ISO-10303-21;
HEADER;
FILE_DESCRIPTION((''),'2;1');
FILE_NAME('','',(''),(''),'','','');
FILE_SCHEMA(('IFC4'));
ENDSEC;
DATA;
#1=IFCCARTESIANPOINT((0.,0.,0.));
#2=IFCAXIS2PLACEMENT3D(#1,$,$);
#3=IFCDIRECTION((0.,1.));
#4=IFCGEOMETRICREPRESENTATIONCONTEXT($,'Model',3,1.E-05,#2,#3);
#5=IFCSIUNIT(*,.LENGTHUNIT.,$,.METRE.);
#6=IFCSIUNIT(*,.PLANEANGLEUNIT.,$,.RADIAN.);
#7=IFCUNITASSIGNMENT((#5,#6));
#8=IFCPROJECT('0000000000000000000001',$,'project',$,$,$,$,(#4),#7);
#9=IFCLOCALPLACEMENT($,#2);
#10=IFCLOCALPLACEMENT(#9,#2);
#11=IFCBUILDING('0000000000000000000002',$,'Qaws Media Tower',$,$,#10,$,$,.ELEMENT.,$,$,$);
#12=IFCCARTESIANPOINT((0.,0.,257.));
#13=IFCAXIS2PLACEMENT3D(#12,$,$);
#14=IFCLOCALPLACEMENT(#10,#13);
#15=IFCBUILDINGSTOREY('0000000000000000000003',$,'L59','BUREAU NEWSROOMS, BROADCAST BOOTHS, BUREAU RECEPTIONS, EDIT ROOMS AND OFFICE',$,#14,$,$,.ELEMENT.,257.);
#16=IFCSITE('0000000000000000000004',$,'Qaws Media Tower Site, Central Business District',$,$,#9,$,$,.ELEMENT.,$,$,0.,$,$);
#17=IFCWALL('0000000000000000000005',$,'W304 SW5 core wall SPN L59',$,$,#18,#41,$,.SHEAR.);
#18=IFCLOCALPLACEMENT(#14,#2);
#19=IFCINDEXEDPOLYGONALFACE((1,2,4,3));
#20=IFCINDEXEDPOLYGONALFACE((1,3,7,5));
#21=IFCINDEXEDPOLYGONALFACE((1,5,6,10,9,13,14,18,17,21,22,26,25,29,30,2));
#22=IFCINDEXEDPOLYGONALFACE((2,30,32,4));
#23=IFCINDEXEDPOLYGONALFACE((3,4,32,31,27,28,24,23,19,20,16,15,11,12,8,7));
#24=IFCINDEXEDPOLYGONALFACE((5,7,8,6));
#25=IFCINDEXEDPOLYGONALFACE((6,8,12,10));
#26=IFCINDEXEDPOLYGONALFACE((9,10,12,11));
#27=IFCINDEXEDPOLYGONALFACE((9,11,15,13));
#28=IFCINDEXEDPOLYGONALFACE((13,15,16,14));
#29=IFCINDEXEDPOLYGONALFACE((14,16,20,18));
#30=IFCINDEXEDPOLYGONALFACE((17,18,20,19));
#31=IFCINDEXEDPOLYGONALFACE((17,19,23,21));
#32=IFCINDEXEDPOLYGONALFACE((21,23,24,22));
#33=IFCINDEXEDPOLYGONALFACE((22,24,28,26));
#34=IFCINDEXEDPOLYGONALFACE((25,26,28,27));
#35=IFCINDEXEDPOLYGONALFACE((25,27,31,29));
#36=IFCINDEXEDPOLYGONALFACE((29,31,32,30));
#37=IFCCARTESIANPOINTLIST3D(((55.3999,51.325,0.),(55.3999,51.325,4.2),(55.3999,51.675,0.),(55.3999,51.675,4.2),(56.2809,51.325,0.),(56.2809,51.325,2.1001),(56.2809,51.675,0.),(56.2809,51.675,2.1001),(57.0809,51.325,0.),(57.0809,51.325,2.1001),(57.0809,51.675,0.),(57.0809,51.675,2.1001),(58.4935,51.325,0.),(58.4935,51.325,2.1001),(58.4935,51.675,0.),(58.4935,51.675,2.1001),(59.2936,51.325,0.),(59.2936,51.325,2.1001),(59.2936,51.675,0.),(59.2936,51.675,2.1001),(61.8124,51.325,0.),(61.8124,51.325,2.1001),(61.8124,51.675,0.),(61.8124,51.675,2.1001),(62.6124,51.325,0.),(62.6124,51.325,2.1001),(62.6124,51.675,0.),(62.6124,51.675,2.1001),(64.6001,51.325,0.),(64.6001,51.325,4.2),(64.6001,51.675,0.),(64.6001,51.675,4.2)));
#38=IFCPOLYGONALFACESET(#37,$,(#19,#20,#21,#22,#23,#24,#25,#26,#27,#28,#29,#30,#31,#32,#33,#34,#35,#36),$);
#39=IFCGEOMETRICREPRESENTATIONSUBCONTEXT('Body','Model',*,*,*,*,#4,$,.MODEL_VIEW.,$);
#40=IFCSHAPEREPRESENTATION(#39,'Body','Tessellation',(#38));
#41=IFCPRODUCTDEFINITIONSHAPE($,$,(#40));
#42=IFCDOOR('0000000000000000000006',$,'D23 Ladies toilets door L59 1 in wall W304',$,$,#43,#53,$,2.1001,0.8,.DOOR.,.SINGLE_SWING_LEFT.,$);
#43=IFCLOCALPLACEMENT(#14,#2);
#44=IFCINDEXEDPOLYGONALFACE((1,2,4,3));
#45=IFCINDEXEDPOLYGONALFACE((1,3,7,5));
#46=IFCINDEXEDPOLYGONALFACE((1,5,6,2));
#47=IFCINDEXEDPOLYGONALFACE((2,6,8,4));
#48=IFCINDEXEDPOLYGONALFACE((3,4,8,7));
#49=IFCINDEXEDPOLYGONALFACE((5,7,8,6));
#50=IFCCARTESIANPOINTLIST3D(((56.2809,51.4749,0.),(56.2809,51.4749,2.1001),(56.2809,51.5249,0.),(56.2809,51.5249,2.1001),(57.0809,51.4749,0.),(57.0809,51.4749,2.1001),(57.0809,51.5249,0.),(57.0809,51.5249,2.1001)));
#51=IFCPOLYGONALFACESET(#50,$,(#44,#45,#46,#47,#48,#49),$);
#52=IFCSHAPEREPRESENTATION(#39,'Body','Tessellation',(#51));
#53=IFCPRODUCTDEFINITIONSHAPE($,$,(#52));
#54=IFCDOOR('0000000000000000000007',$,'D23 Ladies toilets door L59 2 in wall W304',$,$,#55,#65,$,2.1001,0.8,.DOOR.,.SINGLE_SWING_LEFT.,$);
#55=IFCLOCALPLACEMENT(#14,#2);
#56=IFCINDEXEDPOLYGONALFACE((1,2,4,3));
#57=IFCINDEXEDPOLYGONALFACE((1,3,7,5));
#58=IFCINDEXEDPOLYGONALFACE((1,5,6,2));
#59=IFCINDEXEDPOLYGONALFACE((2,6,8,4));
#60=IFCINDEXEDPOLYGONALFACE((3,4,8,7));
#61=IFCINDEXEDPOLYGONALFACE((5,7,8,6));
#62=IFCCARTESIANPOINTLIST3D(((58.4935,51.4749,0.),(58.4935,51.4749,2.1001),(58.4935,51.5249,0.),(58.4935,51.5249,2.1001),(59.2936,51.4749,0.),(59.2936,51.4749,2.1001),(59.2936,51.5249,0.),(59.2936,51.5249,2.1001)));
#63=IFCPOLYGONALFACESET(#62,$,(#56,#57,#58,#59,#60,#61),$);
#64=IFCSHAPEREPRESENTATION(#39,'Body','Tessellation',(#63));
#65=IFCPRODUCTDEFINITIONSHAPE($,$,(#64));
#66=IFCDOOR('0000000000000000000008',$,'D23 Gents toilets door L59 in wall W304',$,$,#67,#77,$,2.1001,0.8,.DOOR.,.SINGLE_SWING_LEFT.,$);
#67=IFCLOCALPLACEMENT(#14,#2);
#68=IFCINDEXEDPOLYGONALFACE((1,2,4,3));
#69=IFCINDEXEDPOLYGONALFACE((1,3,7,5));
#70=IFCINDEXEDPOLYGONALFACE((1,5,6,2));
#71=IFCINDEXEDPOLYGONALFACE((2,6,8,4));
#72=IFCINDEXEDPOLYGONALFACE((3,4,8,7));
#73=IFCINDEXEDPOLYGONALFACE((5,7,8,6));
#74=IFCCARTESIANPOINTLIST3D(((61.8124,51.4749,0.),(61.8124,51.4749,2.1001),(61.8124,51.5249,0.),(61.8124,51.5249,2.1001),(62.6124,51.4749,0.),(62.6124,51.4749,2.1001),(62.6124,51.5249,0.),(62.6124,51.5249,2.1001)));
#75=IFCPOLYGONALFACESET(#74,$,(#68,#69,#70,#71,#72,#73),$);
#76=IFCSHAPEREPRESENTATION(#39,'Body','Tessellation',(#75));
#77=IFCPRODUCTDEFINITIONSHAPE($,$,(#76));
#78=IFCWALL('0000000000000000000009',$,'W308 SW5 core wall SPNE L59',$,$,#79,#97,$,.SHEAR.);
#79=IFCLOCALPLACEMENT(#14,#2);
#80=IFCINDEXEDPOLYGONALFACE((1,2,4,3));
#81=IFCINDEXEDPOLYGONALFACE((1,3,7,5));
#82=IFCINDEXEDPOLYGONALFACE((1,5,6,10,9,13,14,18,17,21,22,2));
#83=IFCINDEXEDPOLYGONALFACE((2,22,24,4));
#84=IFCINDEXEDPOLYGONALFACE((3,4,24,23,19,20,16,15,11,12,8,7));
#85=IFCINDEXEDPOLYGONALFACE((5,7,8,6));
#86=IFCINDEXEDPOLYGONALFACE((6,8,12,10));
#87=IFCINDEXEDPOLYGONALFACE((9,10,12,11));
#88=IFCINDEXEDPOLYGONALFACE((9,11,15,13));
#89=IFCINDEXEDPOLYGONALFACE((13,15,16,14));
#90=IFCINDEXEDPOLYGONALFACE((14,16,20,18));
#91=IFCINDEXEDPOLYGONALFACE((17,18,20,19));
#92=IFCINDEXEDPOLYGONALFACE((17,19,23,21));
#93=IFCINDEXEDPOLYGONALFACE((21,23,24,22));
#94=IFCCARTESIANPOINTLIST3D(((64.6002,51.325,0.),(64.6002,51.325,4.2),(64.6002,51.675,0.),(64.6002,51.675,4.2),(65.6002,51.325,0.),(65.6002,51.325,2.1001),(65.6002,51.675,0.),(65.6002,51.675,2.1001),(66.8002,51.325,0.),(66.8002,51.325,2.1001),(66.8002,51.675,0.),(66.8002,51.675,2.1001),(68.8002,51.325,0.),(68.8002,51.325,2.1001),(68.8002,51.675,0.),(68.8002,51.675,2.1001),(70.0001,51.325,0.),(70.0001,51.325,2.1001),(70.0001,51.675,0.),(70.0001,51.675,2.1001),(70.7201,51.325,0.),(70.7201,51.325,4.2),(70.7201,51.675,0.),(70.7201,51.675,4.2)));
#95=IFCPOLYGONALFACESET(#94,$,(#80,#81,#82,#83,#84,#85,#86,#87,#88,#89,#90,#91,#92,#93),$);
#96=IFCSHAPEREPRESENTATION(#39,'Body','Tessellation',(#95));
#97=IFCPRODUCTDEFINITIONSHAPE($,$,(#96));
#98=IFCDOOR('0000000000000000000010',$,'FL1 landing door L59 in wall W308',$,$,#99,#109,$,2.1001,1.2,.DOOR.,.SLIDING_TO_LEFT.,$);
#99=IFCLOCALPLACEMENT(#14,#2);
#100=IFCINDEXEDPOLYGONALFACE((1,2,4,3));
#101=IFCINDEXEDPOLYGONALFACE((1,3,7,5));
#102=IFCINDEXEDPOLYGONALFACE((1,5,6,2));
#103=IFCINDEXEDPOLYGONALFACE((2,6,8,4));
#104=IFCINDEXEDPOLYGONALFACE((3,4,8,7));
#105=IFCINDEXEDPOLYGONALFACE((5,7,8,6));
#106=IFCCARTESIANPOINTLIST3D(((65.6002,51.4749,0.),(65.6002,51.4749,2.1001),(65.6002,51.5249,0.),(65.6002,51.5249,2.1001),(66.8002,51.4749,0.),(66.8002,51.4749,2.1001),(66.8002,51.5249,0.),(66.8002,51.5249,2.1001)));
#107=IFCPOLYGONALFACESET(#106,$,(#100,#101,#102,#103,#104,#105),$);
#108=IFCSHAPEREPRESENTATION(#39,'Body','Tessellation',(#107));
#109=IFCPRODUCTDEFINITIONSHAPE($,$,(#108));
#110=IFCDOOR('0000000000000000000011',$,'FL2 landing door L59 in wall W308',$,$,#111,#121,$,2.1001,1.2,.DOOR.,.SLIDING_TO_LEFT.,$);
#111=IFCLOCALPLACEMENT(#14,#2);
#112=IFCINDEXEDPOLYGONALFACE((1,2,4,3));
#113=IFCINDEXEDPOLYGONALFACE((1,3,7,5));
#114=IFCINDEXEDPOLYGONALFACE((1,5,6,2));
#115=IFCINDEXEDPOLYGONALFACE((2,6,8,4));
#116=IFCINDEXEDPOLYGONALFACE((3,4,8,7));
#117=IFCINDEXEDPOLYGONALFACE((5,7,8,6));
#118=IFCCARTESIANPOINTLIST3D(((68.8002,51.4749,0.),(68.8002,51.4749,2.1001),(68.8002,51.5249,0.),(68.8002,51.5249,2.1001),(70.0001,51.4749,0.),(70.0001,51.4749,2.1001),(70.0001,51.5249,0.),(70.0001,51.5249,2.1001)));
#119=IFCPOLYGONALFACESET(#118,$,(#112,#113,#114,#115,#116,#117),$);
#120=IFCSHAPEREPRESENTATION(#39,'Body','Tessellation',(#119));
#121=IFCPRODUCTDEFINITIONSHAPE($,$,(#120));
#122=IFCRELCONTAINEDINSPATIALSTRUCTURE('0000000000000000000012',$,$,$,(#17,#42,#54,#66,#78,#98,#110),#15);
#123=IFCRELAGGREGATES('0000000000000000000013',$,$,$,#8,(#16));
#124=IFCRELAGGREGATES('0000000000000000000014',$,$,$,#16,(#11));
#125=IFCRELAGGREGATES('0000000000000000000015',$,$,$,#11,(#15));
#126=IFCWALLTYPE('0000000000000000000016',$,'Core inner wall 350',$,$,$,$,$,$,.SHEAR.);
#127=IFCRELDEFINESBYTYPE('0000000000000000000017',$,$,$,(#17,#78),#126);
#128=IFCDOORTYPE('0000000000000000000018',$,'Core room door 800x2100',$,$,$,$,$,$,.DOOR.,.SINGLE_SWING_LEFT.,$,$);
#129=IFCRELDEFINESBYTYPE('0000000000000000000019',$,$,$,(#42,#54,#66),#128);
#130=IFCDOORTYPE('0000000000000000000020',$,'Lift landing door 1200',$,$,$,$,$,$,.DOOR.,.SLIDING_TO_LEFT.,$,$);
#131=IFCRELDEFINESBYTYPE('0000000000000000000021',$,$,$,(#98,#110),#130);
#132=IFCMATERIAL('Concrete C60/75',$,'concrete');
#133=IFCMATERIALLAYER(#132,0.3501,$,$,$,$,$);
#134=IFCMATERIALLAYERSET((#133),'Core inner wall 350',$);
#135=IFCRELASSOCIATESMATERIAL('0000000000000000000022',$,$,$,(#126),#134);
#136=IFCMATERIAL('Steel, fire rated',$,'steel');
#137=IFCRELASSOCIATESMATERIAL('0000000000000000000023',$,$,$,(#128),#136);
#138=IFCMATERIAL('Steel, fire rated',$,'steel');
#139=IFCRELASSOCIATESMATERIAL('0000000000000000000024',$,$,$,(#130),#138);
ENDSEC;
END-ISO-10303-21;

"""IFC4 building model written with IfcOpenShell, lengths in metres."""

from ifc_helpers import new_model, si_unit, direction, frame, frame_2d, origin, place, context, subcontext, project, spatial, rectangle, extrude, material, layer, layer_set, type_object, element, fill, save


model = new_model("IFC4")

# Units and contexts
model_context = context("Model", 3, precision=1e-05, world=origin(), true_north=direction((0.0, 1.0)))
body_context = subcontext(model_context, "Body", "Model", "MODEL_VIEW")
ifc_project = project(units=[si_unit("LENGTHUNIT", "METRE"), si_unit("PLANEANGLEUNIT", "RADIAN")], contexts=[model_context])

# Site, building, storey
site_placement = place(None, origin())
site = spatial("IfcSite", under=ifc_project, at=site_placement, Name="Qaws Media Tower Site, Central Business District", CompositionType="ELEMENT", RefElevation=0.0)
building_placement = place(site_placement, origin())
building = spatial("IfcBuilding", under=site, at=building_placement, Name="Qaws Media Tower", CompositionType="ELEMENT")
storey_placement = place(building_placement, frame((0.0, 0.0, 257.0)))
storey = spatial("IfcBuildingStorey", under=building, at=storey_placement, Name="L59", Description="BUREAU NEWSROOMS, BROADCAST BOOTHS, BUREAU RECEPTIONS, EDIT ROOMS AND OFFICE", CompositionType="ELEMENT", Elevation=257.0)

# Walls, openings, doors
ifc_material_1 = material(Name="Concrete C60/75", Category="concrete")
ifc_layer_1 = layer(ifc_material_1, 0.3501)
ifc_layer_set_1 = layer_set([ifc_layer_1], Name="Core inner wall 350")
wall_type_1 = type_object("IfcWallType", Name="Core inner wall 350", PredefinedType="SHEAR", material=ifc_layer_set_1)
wall_1_placement = place(storey_placement, frame((55.3999, 51.5, 0.0), z_axis=(0.0, 0.0, 1.0), x_axis=(1.0, 0.0, 0.0)))
wall_1 = element("IfcWall", 1, at=wall_1_placement, inside=storey, type_object=wall_type_1, Name="W304 SW5 core wall SPN L59", PredefinedType="SHEAR", context=body_context, shape_type="SweptSolid", body=[
    extrude(rectangle(XDim=9.2002, YDim=0.3501, at=frame_2d((4.6001, 0.0))), origin(), (0.0, 0.0, 1.0), 4.2),
])
opening_1_placement = place(wall_1_placement, frame((0.8811, 0.0, 0.0)))
opening_1 = element("IfcOpeningElement", 2, at=opening_1_placement, cuts=wall_1, PredefinedType="OPENING", context=body_context, shape_type="SweptSolid", body=[
    extrude(rectangle(XDim=0.8, YDim=2.1001, at=frame_2d((0.3999, 1.05))), frame((0.0, 0.1851, 0.0), z_axis=(0.0, -1.0, 0.0), x_axis=(1.0, 0.0, 0.0)), (0.0, 0.0, 1.0), 0.3701),
])
opening_2_placement = place(wall_1_placement, frame((3.0938, 0.0, 0.0)))
opening_2 = element("IfcOpeningElement", 3, at=opening_2_placement, cuts=wall_1, PredefinedType="OPENING", context=body_context, shape_type="SweptSolid", body=[
    extrude(rectangle(XDim=0.8, YDim=2.1001, at=frame_2d((0.3999, 1.05))), frame((0.0, 0.1851, 0.0), z_axis=(0.0, -1.0, 0.0), x_axis=(1.0, 0.0, 0.0)), (0.0, 0.0, 1.0), 0.3701),
])
opening_3_placement = place(wall_1_placement, frame((6.4126, 0.0, 0.0)))
opening_3 = element("IfcOpeningElement", 4, at=opening_3_placement, cuts=wall_1, PredefinedType="OPENING", context=body_context, shape_type="SweptSolid", body=[
    extrude(rectangle(XDim=0.8, YDim=2.1001, at=frame_2d((0.3999, 1.05))), frame((0.0, 0.1851, 0.0), z_axis=(0.0, -1.0, 0.0), x_axis=(1.0, 0.0, 0.0)), (0.0, 0.0, 1.0), 0.3701),
])
ifc_material_2 = material(Name="Steel, fire rated", Category="steel")
door_type_1 = type_object("IfcDoorType", Name="Core room door 800x2100", OperationType="SINGLE_SWING_LEFT", PredefinedType="DOOR", material=ifc_material_2)
door_1_placement = place(opening_1_placement, origin())
door_1 = element("IfcDoor", 5, at=door_1_placement, inside=storey, type_object=door_type_1, Name="D23 Ladies toilets door L59 1 in wall W304", OperationType="SINGLE_SWING_LEFT", OverallHeight=2.1001, OverallWidth=0.8, PredefinedType="DOOR", context=body_context, shape_type="SweptSolid", body=[
    extrude(rectangle(XDim=0.8, YDim=2.1001, at=frame_2d((0.3999, 1.05))), frame((0.0, 0.0249, 0.0), z_axis=(0.0, -1.0, 0.0), x_axis=(1.0, 0.0, 0.0)), (0.0, 0.0, 1.0), 0.05),
])
fill(opening_1, door_1)
door_2_placement = place(opening_2_placement, origin())
door_2 = element("IfcDoor", 6, at=door_2_placement, inside=storey, type_object=door_type_1, Name="D23 Ladies toilets door L59 2 in wall W304", OperationType="SINGLE_SWING_LEFT", OverallHeight=2.1001, OverallWidth=0.8, PredefinedType="DOOR", context=body_context, shape_type="SweptSolid", body=[
    extrude(rectangle(XDim=0.8, YDim=2.1001, at=frame_2d((0.3999, 1.05))), frame((0.0, 0.0249, 0.0), z_axis=(0.0, -1.0, 0.0), x_axis=(1.0, 0.0, 0.0)), (0.0, 0.0, 1.0), 0.05),
])
fill(opening_2, door_2)
door_3_placement = place(opening_3_placement, origin())
door_3 = element("IfcDoor", 7, at=door_3_placement, inside=storey, type_object=door_type_1, Name="D23 Gents toilets door L59 in wall W304", OperationType="SINGLE_SWING_LEFT", OverallHeight=2.1001, OverallWidth=0.8, PredefinedType="DOOR", context=body_context, shape_type="SweptSolid", body=[
    extrude(rectangle(XDim=0.8, YDim=2.1001, at=frame_2d((0.3999, 1.05))), frame((0.0, 0.0249, 0.0), z_axis=(0.0, -1.0, 0.0), x_axis=(1.0, 0.0, 0.0)), (0.0, 0.0, 1.0), 0.05),
])
fill(opening_3, door_3)
wall_2_placement = place(storey_placement, frame((64.6001, 51.5, 0.0), z_axis=(0.0, 0.0, 1.0), x_axis=(1.0, 0.0, 0.0)))
wall_2 = element("IfcWall", 8, at=wall_2_placement, inside=storey, type_object=wall_type_1, Name="W308 SW5 core wall SPNE L59", PredefinedType="SHEAR", context=body_context, shape_type="SweptSolid", body=[
    extrude(rectangle(XDim=6.1199, YDim=0.3501, at=frame_2d((3.0601, 0.0))), origin(), (0.0, 0.0, 1.0), 4.2),
])
opening_4_placement = place(wall_2_placement, frame((1.0, 0.0, 0.0)))
opening_4 = element("IfcOpeningElement", 9, at=opening_4_placement, cuts=wall_2, PredefinedType="OPENING", context=body_context, shape_type="SweptSolid", body=[
    extrude(rectangle(XDim=1.2, YDim=2.1001, at=frame_2d((0.6001, 1.05))), frame((0.0, 0.1851, 0.0), z_axis=(0.0, -1.0, 0.0), x_axis=(1.0, 0.0, 0.0)), (0.0, 0.0, 1.0), 0.3701),
])
opening_5_placement = place(wall_2_placement, frame((4.2, 0.0, 0.0)))
opening_5 = element("IfcOpeningElement", 10, at=opening_5_placement, cuts=wall_2, PredefinedType="OPENING", context=body_context, shape_type="SweptSolid", body=[
    extrude(rectangle(XDim=1.2, YDim=2.1001, at=frame_2d((0.6001, 1.05))), frame((0.0, 0.1851, 0.0), z_axis=(0.0, -1.0, 0.0), x_axis=(1.0, 0.0, 0.0)), (0.0, 0.0, 1.0), 0.3701),
])
ifc_material_3 = material(Name="Steel, fire rated", Category="steel")
door_type_2 = type_object("IfcDoorType", Name="Lift landing door 1200", OperationType="SLIDING_TO_LEFT", PredefinedType="DOOR", material=ifc_material_3)
door_4_placement = place(opening_4_placement, origin())
door_4 = element("IfcDoor", 11, at=door_4_placement, inside=storey, type_object=door_type_2, Name="FL1 landing door L59 in wall W308", OperationType="SLIDING_TO_LEFT", OverallHeight=2.1001, OverallWidth=1.2, PredefinedType="DOOR", context=body_context, shape_type="SweptSolid", body=[
    extrude(rectangle(XDim=1.2, YDim=2.1001, at=frame_2d((0.6001, 1.05))), frame((0.0, 0.0249, 0.0), z_axis=(0.0, -1.0, 0.0), x_axis=(1.0, 0.0, 0.0)), (0.0, 0.0, 1.0), 0.05),
])
fill(opening_4, door_4)
door_5_placement = place(opening_5_placement, origin())
door_5 = element("IfcDoor", 12, at=door_5_placement, inside=storey, type_object=door_type_2, Name="FL2 landing door L59 in wall W308", OperationType="SLIDING_TO_LEFT", OverallHeight=2.1001, OverallWidth=1.2, PredefinedType="DOOR", context=body_context, shape_type="SweptSolid", body=[
    extrude(rectangle(XDim=1.2, YDim=2.1001, at=frame_2d((0.6001, 1.05))), frame((0.0, 0.0249, 0.0), z_axis=(0.0, -1.0, 0.0), x_axis=(1.0, 0.0, 0.0)), (0.0, 0.0, 1.0), 0.05),
])
fill(opening_5, door_5)

save(model, "model.ifc")
